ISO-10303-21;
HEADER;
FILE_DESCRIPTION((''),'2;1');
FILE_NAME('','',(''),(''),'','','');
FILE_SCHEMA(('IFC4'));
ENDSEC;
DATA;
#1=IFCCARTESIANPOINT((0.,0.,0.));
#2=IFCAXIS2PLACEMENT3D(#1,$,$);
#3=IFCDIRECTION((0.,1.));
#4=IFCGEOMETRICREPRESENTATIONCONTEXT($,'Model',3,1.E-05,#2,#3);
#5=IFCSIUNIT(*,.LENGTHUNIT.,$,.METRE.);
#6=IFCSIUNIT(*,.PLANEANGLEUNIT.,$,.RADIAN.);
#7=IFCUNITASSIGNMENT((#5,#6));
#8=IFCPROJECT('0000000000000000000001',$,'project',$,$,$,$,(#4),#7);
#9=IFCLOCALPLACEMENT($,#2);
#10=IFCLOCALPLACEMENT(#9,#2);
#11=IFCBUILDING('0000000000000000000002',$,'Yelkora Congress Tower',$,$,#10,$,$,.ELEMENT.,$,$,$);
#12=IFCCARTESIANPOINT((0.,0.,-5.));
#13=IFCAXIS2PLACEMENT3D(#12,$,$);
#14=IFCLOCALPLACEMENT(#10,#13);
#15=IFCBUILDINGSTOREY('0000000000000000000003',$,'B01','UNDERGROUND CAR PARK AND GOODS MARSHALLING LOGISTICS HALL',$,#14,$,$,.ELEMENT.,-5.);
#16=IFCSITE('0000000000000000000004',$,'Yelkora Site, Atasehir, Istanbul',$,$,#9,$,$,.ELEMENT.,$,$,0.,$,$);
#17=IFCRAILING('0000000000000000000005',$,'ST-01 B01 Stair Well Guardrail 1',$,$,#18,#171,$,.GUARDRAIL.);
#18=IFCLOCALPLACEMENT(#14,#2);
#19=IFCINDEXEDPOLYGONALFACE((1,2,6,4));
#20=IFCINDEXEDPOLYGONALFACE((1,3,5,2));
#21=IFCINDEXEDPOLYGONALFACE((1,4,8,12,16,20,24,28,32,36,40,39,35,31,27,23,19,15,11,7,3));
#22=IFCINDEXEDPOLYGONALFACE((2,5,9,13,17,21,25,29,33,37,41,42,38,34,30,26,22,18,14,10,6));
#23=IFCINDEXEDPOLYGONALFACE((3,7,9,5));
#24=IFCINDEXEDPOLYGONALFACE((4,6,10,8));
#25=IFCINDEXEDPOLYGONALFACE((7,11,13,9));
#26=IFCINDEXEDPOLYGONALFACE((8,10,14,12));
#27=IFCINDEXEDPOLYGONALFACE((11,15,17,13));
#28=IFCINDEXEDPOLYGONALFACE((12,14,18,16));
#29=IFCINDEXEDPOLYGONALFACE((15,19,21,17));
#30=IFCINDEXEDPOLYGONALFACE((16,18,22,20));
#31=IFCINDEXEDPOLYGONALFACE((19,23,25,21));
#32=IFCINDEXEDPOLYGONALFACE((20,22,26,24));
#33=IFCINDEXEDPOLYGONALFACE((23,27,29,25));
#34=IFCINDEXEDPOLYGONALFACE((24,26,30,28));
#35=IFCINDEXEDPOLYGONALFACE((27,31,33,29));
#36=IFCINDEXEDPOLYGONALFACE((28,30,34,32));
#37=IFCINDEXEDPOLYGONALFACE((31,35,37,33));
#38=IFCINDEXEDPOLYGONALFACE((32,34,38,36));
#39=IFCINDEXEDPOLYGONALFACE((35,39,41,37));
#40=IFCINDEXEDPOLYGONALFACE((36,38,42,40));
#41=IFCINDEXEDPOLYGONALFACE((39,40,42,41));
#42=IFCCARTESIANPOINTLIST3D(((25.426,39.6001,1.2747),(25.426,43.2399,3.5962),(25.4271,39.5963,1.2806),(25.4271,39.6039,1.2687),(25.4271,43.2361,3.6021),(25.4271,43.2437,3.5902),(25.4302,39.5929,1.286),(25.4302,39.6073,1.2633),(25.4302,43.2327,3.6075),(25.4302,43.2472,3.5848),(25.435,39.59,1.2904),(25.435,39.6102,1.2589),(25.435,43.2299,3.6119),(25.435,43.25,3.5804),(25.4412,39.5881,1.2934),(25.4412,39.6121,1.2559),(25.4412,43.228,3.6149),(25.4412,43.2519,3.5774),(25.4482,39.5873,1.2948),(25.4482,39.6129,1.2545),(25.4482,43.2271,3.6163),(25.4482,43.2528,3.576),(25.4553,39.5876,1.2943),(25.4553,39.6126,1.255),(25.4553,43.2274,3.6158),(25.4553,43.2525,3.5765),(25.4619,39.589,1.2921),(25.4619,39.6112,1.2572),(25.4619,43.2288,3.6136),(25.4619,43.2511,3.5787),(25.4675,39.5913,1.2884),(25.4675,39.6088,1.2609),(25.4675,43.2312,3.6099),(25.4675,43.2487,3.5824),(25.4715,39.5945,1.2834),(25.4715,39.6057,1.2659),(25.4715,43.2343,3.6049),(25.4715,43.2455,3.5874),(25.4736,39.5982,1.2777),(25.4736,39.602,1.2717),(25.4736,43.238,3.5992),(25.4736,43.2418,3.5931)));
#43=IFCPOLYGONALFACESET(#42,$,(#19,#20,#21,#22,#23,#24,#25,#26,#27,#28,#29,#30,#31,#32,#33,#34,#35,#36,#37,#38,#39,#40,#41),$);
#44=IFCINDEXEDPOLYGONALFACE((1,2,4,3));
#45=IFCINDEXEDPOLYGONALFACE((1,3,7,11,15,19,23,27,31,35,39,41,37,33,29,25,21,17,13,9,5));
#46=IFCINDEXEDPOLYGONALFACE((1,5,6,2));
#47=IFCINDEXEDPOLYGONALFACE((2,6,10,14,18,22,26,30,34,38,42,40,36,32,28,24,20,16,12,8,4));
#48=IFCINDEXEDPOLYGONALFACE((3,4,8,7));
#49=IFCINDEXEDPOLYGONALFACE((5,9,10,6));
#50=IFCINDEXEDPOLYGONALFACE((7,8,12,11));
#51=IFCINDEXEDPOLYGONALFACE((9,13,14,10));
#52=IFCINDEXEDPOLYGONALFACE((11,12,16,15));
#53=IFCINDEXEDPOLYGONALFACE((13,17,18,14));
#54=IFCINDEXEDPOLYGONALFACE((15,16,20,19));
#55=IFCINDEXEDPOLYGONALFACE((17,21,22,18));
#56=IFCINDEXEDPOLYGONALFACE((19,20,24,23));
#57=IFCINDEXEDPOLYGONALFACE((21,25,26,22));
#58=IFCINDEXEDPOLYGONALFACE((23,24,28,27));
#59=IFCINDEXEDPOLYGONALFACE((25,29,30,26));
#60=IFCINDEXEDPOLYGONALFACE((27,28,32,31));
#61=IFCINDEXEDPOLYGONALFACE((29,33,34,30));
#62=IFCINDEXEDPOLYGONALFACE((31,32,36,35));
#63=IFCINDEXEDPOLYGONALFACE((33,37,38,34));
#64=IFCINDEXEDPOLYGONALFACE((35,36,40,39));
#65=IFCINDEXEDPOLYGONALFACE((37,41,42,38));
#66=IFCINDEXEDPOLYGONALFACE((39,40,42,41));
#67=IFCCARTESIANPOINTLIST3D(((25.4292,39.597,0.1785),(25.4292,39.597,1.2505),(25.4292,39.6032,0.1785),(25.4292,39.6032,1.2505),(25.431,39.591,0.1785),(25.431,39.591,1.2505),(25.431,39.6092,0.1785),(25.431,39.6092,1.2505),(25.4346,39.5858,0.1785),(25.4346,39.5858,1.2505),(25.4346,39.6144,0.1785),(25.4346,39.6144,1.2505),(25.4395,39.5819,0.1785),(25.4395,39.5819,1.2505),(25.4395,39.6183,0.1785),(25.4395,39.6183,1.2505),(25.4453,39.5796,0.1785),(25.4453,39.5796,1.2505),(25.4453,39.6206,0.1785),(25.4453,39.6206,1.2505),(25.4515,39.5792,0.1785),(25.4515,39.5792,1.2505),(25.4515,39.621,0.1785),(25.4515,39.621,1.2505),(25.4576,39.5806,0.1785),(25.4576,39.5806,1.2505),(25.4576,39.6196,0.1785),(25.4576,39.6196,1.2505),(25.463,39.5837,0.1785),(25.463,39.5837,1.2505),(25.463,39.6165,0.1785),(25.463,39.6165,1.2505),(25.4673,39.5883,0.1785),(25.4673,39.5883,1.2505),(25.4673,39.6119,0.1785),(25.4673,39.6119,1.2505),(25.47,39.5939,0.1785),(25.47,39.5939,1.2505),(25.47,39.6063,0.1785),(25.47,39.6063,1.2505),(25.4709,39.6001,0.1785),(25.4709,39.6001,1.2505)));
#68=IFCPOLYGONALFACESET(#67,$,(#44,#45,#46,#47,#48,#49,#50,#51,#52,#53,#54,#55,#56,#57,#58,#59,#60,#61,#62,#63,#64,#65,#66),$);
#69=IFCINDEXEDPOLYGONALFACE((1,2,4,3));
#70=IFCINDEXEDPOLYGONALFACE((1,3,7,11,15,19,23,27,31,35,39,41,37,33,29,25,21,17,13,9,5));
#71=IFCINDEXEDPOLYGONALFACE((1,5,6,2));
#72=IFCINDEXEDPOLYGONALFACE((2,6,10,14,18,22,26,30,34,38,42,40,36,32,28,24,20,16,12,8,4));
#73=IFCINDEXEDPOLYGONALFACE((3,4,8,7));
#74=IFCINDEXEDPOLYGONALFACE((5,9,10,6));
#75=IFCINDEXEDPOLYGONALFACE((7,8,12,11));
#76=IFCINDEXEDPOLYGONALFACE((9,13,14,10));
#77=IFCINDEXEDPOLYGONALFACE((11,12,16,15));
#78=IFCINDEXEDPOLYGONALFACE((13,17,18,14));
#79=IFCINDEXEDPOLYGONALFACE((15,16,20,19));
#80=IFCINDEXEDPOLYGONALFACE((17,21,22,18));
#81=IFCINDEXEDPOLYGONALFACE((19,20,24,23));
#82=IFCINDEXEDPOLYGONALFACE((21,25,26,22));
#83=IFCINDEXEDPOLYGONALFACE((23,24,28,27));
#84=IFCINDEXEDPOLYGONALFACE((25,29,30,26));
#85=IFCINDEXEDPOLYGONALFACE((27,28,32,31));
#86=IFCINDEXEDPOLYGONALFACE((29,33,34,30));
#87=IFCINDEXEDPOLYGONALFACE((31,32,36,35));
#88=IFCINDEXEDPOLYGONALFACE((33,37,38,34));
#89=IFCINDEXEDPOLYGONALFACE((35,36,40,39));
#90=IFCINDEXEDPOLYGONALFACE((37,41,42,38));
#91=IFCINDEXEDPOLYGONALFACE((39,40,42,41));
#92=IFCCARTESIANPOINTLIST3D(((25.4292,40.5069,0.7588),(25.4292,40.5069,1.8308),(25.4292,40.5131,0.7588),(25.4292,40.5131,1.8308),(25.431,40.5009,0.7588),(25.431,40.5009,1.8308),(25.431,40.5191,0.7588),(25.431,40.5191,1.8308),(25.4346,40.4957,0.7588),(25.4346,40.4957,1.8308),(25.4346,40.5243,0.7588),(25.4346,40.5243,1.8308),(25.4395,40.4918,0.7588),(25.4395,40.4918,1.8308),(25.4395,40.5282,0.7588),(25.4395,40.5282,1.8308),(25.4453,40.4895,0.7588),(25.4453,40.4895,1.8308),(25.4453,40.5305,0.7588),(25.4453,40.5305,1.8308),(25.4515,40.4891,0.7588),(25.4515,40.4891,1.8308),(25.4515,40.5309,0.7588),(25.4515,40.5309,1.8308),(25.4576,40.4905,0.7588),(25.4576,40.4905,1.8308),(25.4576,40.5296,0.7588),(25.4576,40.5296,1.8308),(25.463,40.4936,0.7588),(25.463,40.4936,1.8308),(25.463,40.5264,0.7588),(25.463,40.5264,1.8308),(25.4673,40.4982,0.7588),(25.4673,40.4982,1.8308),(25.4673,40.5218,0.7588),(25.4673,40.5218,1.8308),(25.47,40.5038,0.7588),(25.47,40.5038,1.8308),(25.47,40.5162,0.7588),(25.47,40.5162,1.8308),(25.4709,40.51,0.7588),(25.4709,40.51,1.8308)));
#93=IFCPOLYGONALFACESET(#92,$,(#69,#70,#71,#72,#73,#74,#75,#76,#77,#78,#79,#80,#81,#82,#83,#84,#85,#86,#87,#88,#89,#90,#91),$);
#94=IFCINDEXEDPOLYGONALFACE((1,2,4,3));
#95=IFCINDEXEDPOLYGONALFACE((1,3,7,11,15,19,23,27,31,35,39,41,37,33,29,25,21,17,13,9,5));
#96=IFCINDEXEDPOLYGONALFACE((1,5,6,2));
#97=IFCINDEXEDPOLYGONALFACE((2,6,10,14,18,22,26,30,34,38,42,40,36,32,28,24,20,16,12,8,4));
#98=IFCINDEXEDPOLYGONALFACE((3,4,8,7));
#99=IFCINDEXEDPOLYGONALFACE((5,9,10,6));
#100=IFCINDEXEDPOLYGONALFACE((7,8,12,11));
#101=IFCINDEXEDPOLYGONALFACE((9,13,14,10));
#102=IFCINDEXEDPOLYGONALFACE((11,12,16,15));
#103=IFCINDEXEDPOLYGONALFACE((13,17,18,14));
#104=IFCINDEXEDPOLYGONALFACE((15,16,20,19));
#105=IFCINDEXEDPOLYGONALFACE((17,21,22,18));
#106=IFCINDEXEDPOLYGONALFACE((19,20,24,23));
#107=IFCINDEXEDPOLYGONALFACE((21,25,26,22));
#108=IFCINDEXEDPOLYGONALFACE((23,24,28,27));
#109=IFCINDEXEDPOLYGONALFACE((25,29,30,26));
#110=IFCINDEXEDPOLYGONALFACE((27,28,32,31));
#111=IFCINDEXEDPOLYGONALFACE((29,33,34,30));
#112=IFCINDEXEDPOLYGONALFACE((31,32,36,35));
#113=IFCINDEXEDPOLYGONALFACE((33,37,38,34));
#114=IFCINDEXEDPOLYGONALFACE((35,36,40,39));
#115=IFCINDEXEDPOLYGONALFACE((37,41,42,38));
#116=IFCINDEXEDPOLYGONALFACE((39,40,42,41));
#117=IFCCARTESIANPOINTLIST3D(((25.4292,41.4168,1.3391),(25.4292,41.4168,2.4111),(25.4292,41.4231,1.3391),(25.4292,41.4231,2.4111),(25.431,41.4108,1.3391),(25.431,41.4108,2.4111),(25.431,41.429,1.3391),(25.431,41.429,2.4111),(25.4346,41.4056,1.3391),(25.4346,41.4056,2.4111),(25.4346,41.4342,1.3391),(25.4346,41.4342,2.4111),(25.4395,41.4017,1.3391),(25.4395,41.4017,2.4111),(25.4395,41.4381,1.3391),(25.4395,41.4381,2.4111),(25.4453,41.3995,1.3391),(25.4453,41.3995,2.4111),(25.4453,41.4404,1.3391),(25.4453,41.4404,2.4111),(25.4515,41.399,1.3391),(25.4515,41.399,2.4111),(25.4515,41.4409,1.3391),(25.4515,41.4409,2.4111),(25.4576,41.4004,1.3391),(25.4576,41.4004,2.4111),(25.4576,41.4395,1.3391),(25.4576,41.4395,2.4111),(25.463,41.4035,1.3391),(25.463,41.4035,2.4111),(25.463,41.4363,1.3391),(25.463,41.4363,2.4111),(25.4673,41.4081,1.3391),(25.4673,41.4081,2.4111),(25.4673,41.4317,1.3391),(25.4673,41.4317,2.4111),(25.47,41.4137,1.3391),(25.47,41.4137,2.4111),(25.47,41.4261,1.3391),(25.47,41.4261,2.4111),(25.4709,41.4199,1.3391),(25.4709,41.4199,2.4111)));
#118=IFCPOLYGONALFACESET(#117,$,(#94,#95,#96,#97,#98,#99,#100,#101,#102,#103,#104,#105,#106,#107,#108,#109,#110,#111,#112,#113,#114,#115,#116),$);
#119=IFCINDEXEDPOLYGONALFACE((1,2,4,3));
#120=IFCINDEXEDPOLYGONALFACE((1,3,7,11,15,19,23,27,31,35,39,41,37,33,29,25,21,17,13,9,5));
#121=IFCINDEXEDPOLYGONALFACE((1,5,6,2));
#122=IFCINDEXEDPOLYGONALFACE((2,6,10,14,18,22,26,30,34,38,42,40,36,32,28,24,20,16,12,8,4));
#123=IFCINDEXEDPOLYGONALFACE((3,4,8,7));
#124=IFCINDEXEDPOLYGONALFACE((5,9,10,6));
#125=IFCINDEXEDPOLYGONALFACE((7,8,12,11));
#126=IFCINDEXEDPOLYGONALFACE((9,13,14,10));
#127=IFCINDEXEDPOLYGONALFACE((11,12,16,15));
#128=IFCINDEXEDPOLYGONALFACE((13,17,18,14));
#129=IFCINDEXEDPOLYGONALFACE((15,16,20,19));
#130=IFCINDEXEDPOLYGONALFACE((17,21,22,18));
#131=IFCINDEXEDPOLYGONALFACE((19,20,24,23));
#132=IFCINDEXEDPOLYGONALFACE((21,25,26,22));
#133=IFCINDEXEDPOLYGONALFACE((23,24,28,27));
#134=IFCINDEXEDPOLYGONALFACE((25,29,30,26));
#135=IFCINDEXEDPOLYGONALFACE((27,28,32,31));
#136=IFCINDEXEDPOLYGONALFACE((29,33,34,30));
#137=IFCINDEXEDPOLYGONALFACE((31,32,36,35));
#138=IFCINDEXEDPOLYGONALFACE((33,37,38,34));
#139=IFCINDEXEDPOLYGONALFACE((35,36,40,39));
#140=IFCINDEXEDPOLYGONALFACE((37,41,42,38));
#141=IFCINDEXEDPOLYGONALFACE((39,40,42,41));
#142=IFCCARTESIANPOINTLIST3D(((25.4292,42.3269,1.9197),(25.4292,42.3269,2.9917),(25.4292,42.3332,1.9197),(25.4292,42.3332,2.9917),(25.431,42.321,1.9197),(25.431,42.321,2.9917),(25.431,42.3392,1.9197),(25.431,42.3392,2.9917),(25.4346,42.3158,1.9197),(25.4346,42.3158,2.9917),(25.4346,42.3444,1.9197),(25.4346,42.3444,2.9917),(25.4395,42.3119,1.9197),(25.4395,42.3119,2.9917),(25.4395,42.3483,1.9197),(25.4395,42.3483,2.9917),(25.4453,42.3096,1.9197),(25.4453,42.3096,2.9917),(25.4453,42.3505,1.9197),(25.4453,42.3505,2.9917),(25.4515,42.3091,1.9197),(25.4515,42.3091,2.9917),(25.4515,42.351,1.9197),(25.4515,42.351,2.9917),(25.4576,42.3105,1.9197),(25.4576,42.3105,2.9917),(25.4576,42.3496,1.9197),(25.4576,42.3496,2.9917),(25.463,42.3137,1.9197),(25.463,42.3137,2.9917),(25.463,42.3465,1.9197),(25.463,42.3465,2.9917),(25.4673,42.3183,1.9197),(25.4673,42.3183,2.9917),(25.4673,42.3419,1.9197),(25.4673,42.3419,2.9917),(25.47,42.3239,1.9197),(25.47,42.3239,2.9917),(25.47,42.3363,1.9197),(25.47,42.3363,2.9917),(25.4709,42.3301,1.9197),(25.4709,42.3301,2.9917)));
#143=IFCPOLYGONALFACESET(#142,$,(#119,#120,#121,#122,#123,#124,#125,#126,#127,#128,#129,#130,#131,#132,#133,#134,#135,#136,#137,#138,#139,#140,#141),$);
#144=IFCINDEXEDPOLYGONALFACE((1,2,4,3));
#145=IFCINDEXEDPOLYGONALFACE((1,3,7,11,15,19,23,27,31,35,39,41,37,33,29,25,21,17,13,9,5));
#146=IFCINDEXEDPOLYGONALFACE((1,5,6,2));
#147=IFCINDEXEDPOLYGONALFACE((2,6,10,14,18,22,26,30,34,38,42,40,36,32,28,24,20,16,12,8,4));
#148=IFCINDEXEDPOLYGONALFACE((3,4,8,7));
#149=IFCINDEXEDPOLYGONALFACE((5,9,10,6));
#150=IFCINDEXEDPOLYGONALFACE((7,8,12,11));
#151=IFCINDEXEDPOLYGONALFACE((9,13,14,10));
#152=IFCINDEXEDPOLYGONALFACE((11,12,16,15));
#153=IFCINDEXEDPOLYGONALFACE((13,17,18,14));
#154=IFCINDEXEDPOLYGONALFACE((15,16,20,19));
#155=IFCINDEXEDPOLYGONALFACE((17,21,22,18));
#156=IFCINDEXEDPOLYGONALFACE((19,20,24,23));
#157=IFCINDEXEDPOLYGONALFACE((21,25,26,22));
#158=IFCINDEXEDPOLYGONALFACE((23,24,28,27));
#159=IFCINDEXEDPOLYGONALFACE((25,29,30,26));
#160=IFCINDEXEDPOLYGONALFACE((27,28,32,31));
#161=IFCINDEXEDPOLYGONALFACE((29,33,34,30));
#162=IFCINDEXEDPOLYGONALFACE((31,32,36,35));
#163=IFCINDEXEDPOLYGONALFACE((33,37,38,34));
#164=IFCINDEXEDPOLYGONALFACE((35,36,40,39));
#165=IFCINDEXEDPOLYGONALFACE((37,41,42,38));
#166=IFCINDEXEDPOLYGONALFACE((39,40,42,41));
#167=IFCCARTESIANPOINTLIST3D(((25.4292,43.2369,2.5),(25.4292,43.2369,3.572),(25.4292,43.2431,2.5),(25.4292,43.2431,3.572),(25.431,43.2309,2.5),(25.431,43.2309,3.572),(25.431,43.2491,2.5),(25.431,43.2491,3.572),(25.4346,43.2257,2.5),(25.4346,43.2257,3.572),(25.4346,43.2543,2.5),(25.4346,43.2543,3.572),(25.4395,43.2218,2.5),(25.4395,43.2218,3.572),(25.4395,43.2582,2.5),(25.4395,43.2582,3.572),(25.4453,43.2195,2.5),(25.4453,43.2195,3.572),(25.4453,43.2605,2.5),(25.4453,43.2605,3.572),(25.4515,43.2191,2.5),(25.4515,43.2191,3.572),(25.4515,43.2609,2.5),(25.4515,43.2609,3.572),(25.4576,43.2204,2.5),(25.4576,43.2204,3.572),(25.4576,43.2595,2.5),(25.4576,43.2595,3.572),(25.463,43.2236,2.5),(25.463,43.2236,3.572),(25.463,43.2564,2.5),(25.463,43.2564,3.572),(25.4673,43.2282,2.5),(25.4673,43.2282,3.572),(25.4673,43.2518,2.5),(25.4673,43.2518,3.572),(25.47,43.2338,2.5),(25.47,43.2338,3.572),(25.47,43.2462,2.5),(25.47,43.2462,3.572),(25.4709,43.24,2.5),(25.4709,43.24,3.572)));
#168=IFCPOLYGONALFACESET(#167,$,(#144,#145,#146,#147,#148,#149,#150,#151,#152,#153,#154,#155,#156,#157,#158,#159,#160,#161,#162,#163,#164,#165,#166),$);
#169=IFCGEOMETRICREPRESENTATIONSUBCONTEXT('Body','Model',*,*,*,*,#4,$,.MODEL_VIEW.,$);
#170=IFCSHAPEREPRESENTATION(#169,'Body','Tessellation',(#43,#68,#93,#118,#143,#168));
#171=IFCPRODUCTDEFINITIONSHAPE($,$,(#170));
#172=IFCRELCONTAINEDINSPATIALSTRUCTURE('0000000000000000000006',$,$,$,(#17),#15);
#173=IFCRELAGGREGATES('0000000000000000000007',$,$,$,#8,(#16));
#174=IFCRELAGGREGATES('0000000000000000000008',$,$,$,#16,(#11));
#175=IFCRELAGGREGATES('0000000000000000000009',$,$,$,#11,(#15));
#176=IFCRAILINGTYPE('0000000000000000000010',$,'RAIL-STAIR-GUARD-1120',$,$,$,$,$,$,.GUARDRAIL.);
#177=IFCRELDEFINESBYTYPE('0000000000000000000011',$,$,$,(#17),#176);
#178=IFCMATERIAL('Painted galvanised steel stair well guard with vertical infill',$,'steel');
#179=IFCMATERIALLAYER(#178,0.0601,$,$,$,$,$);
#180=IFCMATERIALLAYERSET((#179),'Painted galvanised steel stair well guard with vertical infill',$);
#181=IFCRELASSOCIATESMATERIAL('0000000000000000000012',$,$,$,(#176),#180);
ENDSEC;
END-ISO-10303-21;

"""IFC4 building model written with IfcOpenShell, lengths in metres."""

from ifc_helpers import new_model, si_unit, direction, frame, origin, origin_2d, place, context, subcontext, project, spatial, circle, extrude, material, layer, layer_set, type_object, element, save


model = new_model("IFC4")

# Units and contexts
model_context = context("Model", 3, precision=1e-05, world=origin(), true_north=direction((0.0, 1.0)))
body_context = subcontext(model_context, "Body", "Model", "MODEL_VIEW")
ifc_project = project(units=[si_unit("LENGTHUNIT", "METRE"), si_unit("PLANEANGLEUNIT", "RADIAN")], contexts=[model_context])

# Site, building, storey
site_placement = place(None, origin())
site = spatial("IfcSite", under=ifc_project, at=site_placement, Name="Yelkora Site, Atasehir, Istanbul", CompositionType="ELEMENT", RefElevation=0.0)
building_placement = place(site_placement, origin())
building = spatial("IfcBuilding", under=site, at=building_placement, Name="Yelkora Congress Tower", CompositionType="ELEMENT")
storey_placement = place(building_placement, frame((0.0, 0.0, -5.0)))
storey = spatial("IfcBuildingStorey", under=building, at=storey_placement, Name="B01", Description="UNDERGROUND CAR PARK AND GOODS MARSHALLING LOGISTICS HALL", CompositionType="ELEMENT", Elevation=-5.0)

# Railing
ifc_material_1 = material(Name="Painted galvanised steel stair well guard with vertical infill", Category="steel")
ifc_layer_1 = layer(ifc_material_1, 0.0601)
ifc_layer_set_1 = layer_set([ifc_layer_1], Name="Painted galvanised steel stair well guard with vertical infill")
railing_type_1 = type_object("IfcRailingType", Name="RAIL-STAIR-GUARD-1120", PredefinedType="GUARDRAIL", material=ifc_layer_set_1)
railing_1_placement = place(storey_placement, frame((25.45, 39.6001, 0.1785)))
element("IfcRailing", 1, at=railing_1_placement, inside=storey, type_object=railing_type_1, Name="ST-01 B01 Stair Well Guardrail 1", PredefinedType="GUARDRAIL", context=body_context, shape_type="SweptSolid", body=[
    extrude(circle(Radius=0.0239, at=origin_2d()), frame((0.0, 0.0, 1.0962), z_axis=(0.0, 0.843112, 0.537739), x_axis=(-1.0, 0.0, 0.0)), (0.0, 0.0, 1.0), 4.3171),
    extrude(circle(Radius=0.021, at=origin_2d()), origin(), (0.0, 0.0, 1.0), 1.072),
    extrude(circle(Radius=0.021, at=origin_2d()), frame((0.0, 0.9099, 0.5803)), (0.0, 0.0, 1.0), 1.072),
    extrude(circle(Radius=0.021, at=origin_2d()), frame((0.0, 1.8198, 1.1606)), (0.0, 0.0, 1.0), 1.072),
    extrude(circle(Radius=0.021, at=origin_2d()), frame((0.0, 2.73, 1.7412)), (0.0, 0.0, 1.0), 1.072),
    extrude(circle(Radius=0.021, at=origin_2d()), frame((0.0, 3.6399, 2.3215)), (0.0, 0.0, 1.0), 1.072),
])

save(model, "model.ifc")
